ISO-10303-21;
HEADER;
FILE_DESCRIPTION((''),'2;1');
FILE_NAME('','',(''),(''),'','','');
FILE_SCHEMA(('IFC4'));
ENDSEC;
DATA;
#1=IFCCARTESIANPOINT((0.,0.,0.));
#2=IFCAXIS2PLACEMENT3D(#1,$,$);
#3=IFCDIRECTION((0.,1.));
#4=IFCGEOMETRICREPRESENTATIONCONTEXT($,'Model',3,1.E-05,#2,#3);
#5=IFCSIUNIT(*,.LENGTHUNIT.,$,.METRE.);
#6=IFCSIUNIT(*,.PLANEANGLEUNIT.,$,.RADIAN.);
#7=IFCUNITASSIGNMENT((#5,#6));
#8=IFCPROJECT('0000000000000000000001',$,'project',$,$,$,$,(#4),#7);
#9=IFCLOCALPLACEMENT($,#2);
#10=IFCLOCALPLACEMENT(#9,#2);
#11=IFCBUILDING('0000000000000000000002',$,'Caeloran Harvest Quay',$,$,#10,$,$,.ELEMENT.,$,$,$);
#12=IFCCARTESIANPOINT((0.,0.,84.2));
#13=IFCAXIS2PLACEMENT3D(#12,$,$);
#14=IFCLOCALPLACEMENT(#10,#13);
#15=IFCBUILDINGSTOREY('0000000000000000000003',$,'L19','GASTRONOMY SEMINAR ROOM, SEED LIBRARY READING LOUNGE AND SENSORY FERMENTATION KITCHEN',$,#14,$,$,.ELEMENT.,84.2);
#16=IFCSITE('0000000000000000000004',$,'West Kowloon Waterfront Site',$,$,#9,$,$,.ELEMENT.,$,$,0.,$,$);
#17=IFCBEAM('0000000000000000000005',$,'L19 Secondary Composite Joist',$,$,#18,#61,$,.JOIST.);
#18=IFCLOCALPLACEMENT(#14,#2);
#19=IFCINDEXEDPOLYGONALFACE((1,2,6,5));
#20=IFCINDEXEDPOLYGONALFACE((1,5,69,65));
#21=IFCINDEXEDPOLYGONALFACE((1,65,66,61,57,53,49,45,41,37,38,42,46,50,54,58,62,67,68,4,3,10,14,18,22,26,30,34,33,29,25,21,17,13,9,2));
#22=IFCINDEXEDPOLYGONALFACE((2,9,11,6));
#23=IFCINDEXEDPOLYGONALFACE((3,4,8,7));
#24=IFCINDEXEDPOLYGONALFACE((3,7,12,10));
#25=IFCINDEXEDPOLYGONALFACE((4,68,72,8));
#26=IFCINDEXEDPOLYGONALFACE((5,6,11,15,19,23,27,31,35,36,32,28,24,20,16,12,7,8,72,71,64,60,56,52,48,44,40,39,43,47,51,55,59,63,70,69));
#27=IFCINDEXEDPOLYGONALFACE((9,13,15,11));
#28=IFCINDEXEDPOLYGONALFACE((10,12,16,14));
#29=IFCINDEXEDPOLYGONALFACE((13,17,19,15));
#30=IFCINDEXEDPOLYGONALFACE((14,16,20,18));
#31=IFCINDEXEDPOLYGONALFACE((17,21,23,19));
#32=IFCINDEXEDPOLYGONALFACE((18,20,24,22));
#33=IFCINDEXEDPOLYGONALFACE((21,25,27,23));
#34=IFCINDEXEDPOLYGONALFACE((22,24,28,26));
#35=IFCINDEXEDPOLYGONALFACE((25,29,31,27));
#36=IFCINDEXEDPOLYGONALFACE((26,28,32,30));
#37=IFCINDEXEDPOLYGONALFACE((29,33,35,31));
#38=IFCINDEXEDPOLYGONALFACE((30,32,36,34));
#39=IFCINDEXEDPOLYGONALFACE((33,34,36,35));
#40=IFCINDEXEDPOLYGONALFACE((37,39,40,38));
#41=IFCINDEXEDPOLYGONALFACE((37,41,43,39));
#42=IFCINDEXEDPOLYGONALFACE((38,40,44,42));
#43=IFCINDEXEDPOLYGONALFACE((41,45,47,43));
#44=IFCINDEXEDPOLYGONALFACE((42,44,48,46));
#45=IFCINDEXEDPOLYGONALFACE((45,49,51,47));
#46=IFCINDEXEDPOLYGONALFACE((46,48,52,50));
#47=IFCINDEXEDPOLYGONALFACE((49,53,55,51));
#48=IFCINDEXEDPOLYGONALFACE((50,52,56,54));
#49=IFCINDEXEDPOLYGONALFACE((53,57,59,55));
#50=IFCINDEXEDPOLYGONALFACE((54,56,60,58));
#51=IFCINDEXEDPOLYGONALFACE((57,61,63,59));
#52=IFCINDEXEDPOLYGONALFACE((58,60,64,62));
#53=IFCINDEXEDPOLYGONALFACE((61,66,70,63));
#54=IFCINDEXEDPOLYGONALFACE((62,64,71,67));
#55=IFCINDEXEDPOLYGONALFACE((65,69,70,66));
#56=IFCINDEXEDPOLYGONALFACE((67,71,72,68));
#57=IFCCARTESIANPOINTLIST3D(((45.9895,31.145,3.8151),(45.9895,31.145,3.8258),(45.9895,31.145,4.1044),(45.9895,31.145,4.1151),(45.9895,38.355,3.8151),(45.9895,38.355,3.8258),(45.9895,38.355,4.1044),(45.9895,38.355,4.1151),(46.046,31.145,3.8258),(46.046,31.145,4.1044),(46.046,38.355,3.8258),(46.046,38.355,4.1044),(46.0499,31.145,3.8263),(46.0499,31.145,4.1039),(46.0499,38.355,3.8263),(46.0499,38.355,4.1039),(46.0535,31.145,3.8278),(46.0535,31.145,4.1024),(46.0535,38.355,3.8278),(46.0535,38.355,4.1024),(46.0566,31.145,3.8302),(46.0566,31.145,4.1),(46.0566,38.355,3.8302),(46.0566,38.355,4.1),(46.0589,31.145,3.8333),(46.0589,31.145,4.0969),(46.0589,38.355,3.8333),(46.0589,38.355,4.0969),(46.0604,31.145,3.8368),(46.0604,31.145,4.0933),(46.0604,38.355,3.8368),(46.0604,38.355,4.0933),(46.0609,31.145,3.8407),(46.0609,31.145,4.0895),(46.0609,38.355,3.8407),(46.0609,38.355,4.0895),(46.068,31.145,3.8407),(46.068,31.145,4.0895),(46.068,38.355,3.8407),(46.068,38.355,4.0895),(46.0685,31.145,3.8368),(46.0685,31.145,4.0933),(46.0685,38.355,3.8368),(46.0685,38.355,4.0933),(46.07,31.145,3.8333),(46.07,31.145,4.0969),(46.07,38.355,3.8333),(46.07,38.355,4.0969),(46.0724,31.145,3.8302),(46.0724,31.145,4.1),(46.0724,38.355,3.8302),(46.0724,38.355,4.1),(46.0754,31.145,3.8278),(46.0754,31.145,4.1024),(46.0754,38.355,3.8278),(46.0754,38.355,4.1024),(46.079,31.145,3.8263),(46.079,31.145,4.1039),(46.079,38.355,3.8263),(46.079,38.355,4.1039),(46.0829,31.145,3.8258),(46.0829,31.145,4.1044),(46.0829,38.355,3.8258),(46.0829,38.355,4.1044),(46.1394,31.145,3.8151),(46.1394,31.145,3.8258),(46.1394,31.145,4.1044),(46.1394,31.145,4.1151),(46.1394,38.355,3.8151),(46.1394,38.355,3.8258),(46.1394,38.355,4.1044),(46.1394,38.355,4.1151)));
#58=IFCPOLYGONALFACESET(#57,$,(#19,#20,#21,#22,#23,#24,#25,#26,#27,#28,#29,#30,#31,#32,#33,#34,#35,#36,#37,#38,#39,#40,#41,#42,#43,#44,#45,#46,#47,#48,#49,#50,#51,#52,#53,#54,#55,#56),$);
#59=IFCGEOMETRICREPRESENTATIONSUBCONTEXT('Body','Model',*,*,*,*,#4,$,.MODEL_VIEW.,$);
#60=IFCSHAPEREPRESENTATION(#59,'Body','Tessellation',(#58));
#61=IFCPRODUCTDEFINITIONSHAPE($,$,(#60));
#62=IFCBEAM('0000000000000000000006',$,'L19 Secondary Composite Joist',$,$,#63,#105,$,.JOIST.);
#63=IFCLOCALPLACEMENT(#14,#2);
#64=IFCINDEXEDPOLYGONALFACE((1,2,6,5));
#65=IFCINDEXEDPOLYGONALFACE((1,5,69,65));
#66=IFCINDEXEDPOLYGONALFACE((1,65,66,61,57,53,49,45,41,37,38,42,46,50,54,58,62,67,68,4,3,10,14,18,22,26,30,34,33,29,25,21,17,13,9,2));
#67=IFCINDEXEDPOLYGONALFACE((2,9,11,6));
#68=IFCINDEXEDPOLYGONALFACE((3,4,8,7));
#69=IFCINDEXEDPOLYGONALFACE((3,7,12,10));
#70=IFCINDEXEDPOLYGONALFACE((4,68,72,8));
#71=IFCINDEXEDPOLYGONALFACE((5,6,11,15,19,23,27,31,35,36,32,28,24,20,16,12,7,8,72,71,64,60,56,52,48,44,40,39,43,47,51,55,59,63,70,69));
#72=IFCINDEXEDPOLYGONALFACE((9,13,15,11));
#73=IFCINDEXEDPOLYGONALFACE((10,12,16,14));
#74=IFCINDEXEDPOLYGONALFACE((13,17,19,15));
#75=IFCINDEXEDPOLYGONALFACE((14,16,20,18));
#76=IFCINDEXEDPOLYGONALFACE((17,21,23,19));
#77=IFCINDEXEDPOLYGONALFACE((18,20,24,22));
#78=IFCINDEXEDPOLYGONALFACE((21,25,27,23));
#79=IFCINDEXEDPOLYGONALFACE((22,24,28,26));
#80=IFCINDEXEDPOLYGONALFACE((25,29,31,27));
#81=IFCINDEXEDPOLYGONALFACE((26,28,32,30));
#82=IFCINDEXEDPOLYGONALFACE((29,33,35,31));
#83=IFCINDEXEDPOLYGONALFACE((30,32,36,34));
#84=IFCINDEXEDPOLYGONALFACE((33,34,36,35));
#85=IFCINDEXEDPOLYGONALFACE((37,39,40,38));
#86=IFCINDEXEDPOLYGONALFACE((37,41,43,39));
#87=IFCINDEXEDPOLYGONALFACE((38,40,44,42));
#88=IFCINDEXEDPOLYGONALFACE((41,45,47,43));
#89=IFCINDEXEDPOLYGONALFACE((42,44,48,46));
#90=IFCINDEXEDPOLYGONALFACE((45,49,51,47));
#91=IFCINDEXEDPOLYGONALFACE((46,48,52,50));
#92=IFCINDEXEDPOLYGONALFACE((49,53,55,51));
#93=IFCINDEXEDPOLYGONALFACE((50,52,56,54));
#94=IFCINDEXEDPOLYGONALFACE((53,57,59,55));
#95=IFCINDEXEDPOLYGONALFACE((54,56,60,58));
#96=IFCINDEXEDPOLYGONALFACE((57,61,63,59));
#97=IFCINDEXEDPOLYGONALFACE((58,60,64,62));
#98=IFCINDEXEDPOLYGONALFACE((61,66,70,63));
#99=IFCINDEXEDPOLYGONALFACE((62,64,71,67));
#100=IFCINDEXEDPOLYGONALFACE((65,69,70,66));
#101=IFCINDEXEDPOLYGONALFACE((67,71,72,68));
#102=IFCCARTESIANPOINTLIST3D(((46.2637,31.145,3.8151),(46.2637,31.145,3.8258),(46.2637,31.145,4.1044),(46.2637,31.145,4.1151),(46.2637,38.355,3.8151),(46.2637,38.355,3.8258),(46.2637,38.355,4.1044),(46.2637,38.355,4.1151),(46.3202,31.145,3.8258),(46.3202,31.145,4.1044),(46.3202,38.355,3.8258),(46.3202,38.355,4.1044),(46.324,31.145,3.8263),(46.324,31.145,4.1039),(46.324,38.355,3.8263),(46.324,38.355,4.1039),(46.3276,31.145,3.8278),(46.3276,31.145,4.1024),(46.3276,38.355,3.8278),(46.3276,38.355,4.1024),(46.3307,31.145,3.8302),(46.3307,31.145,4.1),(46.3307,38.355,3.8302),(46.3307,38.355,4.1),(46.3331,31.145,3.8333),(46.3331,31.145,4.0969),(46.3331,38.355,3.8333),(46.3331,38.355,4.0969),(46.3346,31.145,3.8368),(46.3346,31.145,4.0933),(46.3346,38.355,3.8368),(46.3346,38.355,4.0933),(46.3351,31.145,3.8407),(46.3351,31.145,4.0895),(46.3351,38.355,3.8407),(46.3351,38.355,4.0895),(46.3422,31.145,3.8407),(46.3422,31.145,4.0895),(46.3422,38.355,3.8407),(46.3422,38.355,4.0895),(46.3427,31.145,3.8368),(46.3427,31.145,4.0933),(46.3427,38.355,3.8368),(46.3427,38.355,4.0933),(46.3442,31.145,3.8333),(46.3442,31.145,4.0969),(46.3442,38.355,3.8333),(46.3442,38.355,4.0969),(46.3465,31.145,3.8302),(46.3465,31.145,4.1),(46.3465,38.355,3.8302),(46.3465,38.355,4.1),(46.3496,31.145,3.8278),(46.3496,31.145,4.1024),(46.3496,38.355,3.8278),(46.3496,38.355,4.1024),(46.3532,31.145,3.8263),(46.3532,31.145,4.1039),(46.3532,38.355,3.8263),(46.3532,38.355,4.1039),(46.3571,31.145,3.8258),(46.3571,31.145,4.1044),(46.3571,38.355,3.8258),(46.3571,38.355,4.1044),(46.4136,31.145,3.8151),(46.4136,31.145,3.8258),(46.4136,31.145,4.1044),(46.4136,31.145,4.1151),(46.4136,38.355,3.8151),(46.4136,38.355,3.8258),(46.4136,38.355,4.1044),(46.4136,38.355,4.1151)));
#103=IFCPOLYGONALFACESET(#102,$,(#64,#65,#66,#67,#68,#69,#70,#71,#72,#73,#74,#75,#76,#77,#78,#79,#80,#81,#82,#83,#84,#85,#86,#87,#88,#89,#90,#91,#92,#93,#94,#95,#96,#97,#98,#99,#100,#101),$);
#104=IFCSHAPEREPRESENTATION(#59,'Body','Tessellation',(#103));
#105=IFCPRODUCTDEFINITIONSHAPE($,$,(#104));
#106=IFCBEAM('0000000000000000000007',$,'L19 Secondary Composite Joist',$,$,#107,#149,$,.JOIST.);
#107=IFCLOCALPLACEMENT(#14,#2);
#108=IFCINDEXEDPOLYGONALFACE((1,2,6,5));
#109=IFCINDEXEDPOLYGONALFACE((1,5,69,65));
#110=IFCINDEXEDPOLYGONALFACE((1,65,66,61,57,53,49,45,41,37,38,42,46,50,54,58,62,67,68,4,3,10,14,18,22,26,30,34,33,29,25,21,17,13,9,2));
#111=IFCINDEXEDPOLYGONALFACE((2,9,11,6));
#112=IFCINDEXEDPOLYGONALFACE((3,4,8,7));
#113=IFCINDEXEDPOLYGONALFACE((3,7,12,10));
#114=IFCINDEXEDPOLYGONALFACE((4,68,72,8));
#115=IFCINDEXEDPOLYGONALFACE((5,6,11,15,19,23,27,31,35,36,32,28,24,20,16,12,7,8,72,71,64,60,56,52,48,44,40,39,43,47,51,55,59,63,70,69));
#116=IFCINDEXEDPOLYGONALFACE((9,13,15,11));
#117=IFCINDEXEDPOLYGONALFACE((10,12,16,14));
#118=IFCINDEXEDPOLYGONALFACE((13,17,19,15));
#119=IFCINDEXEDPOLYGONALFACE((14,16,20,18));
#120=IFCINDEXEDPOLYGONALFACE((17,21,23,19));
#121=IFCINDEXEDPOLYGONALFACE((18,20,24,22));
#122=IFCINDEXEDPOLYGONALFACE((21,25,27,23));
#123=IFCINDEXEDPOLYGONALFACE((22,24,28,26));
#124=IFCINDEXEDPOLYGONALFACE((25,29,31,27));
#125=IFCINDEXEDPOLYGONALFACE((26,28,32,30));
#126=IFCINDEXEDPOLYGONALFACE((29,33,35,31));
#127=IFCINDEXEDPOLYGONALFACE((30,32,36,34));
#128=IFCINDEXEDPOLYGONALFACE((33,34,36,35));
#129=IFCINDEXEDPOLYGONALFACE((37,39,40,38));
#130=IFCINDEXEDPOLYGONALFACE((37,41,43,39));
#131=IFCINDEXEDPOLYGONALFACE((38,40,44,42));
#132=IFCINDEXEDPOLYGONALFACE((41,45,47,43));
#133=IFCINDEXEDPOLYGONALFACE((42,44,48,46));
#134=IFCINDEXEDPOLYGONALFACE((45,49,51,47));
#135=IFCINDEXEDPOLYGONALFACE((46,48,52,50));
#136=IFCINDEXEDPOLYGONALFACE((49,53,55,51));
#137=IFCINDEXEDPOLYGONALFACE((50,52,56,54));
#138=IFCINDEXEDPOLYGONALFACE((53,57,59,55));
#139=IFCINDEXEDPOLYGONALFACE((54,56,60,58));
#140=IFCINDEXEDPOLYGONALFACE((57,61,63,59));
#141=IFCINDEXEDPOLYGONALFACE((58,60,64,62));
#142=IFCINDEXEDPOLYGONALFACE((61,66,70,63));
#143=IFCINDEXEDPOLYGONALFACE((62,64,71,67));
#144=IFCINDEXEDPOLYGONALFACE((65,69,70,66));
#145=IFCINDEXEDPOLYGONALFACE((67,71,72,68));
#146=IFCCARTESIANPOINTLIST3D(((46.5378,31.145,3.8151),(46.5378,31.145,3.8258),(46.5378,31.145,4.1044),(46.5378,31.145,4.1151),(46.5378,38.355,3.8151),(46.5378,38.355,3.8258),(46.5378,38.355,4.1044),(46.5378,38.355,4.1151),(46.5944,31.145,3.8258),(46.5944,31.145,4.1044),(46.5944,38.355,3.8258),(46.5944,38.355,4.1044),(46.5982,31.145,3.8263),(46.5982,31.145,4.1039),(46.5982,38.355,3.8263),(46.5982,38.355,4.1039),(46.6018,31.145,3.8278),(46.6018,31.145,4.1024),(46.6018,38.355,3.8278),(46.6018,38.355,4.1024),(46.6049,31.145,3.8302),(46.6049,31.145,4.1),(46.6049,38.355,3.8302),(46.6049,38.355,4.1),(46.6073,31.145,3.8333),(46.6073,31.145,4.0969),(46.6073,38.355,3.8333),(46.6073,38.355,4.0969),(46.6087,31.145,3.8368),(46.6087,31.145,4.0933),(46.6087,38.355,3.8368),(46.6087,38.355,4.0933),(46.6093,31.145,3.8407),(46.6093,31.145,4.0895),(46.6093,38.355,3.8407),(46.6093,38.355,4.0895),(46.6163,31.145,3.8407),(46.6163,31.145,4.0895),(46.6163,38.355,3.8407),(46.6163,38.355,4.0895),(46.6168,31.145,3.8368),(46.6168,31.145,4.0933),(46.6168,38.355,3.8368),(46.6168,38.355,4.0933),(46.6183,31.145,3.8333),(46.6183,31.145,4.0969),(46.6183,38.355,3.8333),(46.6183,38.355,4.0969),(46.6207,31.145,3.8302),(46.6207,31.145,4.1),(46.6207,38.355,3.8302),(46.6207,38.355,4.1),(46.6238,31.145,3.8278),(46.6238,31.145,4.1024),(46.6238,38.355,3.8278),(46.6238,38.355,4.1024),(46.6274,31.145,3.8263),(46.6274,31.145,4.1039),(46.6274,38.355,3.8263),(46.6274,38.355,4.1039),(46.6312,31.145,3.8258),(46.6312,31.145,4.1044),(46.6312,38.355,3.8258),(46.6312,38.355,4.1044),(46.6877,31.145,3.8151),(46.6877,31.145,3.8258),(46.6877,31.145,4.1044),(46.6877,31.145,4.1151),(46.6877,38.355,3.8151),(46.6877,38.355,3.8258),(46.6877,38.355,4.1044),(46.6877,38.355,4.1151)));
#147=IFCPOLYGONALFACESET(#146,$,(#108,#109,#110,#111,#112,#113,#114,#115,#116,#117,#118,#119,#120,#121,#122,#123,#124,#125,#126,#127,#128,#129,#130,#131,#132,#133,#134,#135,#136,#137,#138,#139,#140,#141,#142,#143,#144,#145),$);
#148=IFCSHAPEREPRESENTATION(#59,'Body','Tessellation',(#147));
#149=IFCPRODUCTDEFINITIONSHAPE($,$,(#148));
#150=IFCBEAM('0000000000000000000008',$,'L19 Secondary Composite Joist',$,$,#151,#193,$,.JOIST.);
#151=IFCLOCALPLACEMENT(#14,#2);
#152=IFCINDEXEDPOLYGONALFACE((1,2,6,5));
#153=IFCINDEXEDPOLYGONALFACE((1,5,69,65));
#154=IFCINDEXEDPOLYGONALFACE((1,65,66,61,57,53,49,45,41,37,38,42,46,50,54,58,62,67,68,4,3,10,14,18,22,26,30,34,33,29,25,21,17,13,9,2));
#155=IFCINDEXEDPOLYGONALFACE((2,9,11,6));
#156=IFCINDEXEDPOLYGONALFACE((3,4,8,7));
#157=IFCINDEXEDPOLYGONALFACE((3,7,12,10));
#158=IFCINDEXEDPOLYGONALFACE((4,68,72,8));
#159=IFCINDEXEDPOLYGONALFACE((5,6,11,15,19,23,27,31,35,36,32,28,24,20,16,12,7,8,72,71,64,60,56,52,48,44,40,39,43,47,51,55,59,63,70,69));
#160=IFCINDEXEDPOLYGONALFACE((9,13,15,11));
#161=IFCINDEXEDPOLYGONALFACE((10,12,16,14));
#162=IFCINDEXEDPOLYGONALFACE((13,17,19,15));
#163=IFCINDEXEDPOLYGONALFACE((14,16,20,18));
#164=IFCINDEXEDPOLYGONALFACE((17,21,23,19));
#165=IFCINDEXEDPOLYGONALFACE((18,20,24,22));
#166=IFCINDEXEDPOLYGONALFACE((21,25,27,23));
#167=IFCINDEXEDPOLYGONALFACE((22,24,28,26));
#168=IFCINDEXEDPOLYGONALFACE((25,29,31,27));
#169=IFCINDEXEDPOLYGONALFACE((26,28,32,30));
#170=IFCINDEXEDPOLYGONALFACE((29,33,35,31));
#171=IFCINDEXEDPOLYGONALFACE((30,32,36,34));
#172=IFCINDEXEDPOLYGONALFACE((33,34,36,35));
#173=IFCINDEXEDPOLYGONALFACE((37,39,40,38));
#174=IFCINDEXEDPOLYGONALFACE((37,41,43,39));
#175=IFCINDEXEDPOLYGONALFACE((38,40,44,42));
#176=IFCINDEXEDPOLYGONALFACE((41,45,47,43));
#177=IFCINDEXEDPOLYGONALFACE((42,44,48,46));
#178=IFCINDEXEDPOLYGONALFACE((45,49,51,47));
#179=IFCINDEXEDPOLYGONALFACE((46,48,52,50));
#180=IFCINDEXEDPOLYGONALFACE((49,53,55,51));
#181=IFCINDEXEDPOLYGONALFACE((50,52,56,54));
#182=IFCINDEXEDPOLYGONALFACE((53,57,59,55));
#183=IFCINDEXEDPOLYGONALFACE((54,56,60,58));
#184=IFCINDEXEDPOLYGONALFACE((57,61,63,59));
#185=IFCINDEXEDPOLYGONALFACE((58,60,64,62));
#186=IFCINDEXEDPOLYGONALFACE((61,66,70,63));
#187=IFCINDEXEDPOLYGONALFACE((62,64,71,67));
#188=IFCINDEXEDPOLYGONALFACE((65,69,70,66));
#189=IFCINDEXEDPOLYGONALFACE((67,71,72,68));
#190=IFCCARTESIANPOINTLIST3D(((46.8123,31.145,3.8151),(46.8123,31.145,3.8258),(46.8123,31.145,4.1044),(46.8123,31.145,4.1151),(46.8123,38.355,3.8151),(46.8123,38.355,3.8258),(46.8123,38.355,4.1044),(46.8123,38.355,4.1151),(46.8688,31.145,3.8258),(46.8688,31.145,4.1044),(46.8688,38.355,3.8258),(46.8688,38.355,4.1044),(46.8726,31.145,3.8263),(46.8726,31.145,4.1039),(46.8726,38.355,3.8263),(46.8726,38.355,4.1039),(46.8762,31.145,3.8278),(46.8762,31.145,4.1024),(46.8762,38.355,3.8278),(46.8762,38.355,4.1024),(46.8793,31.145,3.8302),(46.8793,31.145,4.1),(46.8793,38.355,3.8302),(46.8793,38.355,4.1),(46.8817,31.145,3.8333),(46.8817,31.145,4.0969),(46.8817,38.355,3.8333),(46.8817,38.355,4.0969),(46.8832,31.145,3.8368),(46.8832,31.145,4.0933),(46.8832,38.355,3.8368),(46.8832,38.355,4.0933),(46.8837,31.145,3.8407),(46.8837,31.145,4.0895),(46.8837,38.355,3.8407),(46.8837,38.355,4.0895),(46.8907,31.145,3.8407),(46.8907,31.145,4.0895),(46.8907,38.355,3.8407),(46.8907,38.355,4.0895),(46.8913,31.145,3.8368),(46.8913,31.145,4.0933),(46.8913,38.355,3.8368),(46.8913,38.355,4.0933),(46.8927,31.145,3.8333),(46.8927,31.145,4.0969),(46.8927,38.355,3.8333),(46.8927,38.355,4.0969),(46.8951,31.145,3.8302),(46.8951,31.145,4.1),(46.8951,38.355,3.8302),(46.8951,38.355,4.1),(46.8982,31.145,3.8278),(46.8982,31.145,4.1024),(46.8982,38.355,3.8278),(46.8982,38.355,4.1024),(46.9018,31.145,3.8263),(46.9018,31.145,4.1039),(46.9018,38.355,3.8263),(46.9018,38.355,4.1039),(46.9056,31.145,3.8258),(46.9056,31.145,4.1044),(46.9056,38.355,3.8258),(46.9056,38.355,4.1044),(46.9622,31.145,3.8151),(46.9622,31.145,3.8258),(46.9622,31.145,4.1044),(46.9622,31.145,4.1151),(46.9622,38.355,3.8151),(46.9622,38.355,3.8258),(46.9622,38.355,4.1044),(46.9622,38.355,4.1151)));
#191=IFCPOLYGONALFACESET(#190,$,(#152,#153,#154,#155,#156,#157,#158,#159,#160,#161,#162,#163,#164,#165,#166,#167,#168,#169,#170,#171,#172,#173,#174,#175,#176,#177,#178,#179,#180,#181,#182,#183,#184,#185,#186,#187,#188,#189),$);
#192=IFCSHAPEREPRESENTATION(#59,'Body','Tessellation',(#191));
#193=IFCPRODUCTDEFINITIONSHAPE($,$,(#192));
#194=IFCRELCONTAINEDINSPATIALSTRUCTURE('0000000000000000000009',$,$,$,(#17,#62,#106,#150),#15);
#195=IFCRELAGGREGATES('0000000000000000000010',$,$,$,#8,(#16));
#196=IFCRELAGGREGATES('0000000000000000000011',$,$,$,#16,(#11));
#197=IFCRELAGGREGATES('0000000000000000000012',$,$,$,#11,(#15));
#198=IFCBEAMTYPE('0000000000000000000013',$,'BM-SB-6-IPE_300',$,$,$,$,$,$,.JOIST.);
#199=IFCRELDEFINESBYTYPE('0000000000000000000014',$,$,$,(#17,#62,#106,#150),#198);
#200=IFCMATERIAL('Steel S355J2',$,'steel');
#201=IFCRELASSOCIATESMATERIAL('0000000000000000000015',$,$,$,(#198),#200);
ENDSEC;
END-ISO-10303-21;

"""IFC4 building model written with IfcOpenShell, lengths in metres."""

from ifc_helpers import new_model, si_unit, direction, frame, origin, origin_2d, place, context, subcontext, project, spatial, i_section, extrude, material, material_profile, profile_set, type_object, element, save


model = new_model("IFC4")

# Units and contexts
model_context = context("Model", 3, precision=1e-05, world=origin(), true_north=direction((0.0, 1.0)))
body_context = subcontext(model_context, "Body", "Model", "MODEL_VIEW")
ifc_project = project(units=[si_unit("LENGTHUNIT", "METRE"), si_unit("PLANEANGLEUNIT", "RADIAN")], contexts=[model_context])

# Site, building, storey
site_placement = place(None, origin())
site = spatial("IfcSite", under=ifc_project, at=site_placement, Name="West Kowloon Waterfront Site", CompositionType="ELEMENT", RefElevation=0.0)
building_placement = place(site_placement, origin())
building = spatial("IfcBuilding", under=site, at=building_placement, Name="Caeloran Harvest Quay", CompositionType="ELEMENT")
storey_placement = place(building_placement, frame((0.0, 0.0, 84.2)))
storey = spatial("IfcBuildingStorey", under=building, at=storey_placement, Name="L19", Description="GASTRONOMY SEMINAR ROOM, SEED LIBRARY READING LOUNGE AND SENSORY FERMENTATION KITCHEN", CompositionType="ELEMENT", Elevation=84.2)

# Beams
ifc_material_1 = material(Name="Steel S355J2", Category="steel")
ifc_material_profile_1 = material_profile(ifc_material_1, i_section(OverallWidth=0.1499, OverallDepth=0.3, WebThickness=0.0071, FlangeThickness=0.0107, FilletRadius=0.0149, at=origin_2d()), Name="IPE 300")
ifc_profile_set_1 = profile_set([ifc_material_profile_1], Name="Steel S355J2")
beam_type_1 = type_object("IfcBeamType", Name="BM-SB-6-IPE_300", PredefinedType="JOIST", material=ifc_profile_set_1)
for number, where, z_axis, x_axis, name in (
    (1, (46.0645, 31.145, 3.9651), (0.0, 1.0, 0.0), (-1.0, 0.0, 0.0), "L19 Secondary Composite Joist"),
    (2, (46.3386, 31.145, 3.9651), (0.0, 1.0, 0.0), (-1.0, 0.0, 0.0), "L19 Secondary Composite Joist"),
    (3, (46.6128, 31.145, 3.9651), (0.0, 1.0, 0.0), (-1.0, 0.0, 0.0), "L19 Secondary Composite Joist"),
    (4, (46.8872, 31.145, 3.9651), (0.0, 1.0, 0.0), (-1.0, 0.0, 0.0), "L19 Secondary Composite Joist"),
):
    element("IfcBeam", number, at=place(storey_placement, frame(where, z_axis=z_axis, x_axis=x_axis)), inside=storey, type_object=beam_type_1, Name=name, PredefinedType="JOIST", context=body_context, shape_type="SweptSolid", body=[
        extrude(i_section(OverallWidth=0.1499, OverallDepth=0.3, WebThickness=0.0071, FlangeThickness=0.0107, FilletRadius=0.0149, at=origin_2d()), origin(), (0.0, 0.0, 1.0), 7.21),
    ])

save(model, "model.ifc")
